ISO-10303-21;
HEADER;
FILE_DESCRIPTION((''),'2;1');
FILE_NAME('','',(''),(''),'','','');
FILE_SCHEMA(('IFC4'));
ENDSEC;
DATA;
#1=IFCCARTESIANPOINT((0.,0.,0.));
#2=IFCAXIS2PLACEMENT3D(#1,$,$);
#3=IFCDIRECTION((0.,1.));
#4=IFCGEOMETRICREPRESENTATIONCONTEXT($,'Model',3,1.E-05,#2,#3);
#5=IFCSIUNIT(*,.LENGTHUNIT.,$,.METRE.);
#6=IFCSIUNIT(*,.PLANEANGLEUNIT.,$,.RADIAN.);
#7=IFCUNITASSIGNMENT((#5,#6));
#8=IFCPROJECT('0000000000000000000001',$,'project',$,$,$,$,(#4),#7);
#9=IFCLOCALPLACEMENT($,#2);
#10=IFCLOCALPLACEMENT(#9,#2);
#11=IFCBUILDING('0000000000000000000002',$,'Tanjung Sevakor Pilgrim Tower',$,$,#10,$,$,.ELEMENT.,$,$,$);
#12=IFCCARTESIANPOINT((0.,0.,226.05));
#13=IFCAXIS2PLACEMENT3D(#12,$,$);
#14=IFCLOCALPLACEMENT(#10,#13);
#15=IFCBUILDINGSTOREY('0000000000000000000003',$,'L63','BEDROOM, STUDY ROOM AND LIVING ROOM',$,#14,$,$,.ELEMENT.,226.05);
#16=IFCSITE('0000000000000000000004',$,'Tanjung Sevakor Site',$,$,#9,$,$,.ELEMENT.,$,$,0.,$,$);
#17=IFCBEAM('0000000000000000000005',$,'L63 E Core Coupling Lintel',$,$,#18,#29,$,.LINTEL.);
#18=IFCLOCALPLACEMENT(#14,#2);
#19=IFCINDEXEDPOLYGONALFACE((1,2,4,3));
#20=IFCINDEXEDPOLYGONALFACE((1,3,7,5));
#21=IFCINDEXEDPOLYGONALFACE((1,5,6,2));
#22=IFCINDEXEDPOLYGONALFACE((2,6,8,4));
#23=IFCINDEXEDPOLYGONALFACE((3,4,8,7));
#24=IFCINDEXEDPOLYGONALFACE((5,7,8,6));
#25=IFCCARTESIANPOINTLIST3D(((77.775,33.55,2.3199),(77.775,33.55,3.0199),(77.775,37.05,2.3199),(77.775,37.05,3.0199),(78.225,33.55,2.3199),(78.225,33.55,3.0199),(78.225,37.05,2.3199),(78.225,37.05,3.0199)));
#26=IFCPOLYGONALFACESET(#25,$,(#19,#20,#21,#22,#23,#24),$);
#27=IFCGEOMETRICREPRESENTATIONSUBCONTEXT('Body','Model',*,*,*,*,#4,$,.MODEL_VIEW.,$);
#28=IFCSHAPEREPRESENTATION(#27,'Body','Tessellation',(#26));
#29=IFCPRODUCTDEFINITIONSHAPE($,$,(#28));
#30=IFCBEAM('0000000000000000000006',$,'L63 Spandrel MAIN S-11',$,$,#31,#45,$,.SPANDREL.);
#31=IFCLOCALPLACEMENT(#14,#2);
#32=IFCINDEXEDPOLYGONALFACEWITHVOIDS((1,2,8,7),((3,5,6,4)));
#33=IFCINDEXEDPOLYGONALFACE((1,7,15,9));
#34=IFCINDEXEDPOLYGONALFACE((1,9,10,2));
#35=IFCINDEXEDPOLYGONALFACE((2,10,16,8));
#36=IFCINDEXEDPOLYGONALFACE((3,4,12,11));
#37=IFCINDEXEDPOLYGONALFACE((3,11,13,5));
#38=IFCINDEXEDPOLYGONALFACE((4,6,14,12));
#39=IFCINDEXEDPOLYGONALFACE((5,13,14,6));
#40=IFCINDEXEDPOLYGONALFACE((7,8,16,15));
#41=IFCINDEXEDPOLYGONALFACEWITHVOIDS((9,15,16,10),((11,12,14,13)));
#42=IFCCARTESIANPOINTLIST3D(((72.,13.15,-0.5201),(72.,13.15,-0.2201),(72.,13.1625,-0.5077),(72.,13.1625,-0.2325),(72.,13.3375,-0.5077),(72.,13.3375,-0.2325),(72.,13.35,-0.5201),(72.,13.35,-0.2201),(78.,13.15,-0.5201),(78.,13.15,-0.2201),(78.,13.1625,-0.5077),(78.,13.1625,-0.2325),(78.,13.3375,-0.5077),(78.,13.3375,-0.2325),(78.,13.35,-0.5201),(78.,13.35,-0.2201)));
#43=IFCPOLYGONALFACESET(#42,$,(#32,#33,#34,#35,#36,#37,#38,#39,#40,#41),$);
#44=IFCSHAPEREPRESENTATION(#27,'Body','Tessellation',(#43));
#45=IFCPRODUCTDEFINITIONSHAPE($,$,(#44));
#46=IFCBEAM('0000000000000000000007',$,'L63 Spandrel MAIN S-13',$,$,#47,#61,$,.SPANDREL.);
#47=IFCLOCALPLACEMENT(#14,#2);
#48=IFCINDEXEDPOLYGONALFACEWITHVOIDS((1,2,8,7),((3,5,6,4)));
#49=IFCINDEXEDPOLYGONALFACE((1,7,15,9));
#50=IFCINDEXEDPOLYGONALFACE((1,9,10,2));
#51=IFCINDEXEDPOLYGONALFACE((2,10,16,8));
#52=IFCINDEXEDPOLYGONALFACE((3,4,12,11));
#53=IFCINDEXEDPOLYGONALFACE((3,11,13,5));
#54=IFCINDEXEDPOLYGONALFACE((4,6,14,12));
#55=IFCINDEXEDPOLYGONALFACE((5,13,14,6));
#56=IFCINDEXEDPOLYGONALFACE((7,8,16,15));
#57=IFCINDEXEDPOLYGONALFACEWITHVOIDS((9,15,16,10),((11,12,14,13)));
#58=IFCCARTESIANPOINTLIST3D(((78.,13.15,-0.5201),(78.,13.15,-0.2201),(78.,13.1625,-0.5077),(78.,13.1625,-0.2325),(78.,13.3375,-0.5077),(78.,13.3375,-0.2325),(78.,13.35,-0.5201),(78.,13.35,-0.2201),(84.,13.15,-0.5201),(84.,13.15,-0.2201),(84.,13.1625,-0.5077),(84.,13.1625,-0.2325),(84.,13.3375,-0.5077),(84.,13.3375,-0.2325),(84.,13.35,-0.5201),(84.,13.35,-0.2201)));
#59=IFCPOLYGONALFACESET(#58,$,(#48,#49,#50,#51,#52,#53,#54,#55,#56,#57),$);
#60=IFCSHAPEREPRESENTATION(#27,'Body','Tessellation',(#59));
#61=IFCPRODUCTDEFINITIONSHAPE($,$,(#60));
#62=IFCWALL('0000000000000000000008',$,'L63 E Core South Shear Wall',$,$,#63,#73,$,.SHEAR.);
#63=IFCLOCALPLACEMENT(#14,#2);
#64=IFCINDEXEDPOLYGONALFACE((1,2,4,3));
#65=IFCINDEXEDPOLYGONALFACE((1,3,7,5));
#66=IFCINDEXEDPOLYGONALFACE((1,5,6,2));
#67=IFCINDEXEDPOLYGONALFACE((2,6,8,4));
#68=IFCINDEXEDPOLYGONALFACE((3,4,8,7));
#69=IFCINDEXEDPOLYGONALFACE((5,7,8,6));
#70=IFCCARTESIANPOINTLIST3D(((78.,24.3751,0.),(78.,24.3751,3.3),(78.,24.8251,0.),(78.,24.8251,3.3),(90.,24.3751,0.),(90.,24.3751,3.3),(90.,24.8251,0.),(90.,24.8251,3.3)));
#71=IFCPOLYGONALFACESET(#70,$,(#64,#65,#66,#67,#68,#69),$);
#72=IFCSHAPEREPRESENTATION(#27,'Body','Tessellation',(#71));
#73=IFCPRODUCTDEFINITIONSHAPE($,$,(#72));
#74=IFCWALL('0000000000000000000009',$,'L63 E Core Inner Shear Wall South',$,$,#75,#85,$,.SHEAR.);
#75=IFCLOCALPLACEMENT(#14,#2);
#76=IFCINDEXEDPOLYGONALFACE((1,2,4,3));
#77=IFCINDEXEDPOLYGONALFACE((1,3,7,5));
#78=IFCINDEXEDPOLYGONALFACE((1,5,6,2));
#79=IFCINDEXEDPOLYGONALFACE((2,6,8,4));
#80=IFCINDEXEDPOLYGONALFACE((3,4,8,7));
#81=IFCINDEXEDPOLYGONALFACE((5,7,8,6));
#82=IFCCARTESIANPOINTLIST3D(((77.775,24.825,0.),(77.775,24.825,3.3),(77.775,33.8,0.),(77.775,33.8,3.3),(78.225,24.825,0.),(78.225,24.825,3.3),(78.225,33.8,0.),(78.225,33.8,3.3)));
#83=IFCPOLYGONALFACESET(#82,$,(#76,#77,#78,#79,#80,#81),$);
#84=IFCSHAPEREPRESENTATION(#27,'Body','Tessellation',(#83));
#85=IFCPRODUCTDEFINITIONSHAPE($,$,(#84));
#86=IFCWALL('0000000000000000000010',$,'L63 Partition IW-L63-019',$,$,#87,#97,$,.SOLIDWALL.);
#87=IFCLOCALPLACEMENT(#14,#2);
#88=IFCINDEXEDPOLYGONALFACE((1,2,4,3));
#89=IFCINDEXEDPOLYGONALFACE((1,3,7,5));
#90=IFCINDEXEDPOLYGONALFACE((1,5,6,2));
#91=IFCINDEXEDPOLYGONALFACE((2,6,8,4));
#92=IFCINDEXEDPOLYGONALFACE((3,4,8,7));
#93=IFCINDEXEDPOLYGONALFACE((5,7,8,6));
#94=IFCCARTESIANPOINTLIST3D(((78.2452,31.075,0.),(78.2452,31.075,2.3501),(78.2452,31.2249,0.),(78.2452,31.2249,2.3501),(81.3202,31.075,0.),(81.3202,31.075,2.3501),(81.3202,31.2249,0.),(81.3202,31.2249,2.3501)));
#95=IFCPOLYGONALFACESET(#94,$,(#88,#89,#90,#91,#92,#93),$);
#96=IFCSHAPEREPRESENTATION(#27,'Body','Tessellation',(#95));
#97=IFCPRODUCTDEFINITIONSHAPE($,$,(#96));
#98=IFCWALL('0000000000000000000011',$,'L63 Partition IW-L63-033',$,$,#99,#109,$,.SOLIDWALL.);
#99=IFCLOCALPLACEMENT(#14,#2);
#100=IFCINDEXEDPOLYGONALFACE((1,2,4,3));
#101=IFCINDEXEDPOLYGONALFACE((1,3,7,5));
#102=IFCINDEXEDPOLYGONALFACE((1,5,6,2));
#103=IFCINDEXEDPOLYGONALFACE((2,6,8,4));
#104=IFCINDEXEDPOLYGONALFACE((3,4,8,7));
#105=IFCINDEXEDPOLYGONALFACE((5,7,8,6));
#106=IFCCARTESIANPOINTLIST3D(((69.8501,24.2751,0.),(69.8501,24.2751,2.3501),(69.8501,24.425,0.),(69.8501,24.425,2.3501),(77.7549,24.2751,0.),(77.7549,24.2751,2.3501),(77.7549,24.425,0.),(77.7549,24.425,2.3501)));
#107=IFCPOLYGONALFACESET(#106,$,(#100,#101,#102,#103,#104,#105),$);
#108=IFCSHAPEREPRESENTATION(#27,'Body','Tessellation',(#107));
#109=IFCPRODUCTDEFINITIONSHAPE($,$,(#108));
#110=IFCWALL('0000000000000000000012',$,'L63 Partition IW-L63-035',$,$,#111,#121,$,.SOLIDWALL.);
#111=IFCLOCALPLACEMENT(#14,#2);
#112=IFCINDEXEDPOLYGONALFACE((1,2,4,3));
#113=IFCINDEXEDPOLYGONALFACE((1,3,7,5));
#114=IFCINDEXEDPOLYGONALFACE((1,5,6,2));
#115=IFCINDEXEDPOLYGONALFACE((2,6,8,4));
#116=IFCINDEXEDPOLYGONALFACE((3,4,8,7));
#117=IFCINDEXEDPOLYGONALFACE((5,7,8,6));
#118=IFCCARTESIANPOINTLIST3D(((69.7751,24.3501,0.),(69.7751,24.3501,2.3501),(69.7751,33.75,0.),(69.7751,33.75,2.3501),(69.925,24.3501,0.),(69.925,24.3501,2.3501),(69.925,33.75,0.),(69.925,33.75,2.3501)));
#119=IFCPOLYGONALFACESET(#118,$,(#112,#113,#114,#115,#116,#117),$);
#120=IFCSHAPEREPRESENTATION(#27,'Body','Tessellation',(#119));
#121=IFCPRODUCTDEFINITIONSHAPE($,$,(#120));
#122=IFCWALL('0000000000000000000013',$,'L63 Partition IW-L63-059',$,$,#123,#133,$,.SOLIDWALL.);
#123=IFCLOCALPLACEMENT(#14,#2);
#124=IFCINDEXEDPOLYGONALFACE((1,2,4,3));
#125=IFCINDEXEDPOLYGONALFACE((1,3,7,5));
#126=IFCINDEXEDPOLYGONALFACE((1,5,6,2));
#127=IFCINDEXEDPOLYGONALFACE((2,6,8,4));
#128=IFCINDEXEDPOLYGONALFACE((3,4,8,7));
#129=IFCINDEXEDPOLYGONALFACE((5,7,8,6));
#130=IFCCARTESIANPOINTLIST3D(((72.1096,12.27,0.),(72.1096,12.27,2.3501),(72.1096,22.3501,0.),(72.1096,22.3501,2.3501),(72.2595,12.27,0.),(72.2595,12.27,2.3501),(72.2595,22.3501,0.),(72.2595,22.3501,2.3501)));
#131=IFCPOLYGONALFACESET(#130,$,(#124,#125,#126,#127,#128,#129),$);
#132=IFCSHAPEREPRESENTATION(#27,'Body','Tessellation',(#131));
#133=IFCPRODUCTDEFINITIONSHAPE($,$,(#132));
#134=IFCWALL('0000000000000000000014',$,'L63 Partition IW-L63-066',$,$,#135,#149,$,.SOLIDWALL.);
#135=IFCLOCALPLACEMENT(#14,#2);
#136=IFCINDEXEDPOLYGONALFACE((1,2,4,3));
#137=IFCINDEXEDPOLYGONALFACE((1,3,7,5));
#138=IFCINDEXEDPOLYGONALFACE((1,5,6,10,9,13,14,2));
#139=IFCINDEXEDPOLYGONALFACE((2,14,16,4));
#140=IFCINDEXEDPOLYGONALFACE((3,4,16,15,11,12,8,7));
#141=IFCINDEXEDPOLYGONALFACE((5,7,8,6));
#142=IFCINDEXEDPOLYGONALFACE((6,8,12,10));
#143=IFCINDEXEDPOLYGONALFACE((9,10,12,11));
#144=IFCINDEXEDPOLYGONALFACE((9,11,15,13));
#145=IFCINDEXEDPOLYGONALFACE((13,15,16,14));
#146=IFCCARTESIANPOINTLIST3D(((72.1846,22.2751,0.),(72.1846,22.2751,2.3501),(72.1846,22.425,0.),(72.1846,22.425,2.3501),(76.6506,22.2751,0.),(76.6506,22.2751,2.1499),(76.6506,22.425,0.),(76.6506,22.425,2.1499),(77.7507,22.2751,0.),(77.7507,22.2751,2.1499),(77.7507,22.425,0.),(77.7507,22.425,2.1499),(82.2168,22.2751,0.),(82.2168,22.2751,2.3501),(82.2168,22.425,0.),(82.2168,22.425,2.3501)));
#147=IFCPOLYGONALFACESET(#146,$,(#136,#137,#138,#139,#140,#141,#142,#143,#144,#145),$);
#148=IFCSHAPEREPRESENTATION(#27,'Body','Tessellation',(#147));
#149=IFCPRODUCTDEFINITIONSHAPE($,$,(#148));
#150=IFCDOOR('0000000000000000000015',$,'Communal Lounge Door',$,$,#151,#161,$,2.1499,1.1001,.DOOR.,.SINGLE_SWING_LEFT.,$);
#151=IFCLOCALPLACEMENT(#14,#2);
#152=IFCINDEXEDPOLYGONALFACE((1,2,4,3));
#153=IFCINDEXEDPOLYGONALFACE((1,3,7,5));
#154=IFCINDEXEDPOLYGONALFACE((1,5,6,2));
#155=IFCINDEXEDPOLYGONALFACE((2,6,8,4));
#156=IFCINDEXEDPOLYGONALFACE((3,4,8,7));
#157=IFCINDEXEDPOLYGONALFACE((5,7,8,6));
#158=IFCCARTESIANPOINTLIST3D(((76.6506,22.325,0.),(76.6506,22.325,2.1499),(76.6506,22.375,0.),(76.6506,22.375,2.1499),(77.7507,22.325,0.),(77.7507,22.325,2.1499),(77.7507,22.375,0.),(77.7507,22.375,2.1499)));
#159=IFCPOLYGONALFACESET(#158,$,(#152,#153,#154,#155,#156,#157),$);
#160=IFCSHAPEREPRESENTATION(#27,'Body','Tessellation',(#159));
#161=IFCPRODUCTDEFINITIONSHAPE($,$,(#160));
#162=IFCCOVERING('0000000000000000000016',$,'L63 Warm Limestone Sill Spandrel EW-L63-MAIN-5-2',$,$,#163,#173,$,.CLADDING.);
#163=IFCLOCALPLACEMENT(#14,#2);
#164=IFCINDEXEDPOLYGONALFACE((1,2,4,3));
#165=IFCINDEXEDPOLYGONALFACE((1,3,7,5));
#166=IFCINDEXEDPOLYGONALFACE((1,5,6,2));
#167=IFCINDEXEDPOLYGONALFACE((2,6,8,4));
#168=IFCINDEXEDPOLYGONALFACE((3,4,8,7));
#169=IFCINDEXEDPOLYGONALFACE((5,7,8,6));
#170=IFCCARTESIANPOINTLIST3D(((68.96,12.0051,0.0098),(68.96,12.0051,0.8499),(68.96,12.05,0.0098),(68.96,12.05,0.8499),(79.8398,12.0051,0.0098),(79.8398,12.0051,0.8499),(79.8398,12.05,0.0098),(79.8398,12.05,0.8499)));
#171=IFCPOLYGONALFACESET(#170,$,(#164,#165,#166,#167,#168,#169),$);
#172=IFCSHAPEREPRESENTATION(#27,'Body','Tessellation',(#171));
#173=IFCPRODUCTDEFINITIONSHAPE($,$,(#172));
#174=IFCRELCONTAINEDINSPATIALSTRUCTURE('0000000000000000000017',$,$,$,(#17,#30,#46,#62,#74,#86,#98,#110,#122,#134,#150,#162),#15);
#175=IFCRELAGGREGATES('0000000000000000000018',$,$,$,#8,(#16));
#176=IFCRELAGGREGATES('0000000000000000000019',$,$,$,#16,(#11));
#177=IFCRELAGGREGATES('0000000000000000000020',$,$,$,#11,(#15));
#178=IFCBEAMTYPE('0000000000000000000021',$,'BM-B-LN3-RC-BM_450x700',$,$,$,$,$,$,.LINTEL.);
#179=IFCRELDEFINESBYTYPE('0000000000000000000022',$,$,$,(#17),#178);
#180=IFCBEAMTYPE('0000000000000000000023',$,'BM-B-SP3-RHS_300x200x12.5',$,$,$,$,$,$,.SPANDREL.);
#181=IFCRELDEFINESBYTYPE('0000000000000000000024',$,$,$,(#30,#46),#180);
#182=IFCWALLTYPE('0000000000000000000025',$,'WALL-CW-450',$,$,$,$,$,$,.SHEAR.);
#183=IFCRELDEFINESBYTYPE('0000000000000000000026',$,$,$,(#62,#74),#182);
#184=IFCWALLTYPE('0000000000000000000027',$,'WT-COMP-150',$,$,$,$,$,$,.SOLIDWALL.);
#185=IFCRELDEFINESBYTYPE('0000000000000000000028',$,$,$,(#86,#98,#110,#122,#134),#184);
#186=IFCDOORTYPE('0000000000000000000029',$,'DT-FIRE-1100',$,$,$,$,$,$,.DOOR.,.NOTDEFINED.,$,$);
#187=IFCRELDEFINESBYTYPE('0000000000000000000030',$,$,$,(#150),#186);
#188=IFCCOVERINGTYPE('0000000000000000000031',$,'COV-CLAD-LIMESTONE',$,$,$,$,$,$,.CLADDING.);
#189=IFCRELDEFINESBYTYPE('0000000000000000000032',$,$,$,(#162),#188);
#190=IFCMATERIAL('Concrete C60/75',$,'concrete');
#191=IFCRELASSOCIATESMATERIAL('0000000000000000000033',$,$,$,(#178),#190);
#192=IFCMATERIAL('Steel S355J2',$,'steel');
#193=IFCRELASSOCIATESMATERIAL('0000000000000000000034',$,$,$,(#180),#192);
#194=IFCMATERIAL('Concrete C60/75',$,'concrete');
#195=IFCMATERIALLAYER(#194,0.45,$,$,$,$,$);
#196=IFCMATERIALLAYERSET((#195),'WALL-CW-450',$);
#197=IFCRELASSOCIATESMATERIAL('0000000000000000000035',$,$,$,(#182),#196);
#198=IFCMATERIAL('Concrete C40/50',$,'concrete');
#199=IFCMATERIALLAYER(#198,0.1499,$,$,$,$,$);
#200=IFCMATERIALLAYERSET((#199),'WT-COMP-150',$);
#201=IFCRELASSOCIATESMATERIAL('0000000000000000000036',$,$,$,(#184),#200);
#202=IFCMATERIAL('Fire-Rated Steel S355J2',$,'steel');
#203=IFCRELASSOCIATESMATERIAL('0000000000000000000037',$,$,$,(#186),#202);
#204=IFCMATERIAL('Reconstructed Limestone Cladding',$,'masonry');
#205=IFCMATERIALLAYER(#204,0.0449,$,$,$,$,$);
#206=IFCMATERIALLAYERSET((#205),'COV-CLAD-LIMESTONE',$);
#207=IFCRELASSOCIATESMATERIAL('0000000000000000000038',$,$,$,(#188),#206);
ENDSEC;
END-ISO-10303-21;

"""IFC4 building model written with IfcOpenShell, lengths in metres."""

from ifc_helpers import new_model, si_unit, direction, frame, frame_2d, origin, origin_2d, place, context, subcontext, project, spatial, rectangle, hollow_rectangle, extrude, material, layer, layer_set, material_profile, profile_set, type_object, element, fill, save


model = new_model("IFC4")

# Units and contexts
model_context = context("Model", 3, precision=1e-05, world=origin(), true_north=direction((0.0, 1.0)))
body_context = subcontext(model_context, "Body", "Model", "MODEL_VIEW")
ifc_project = project(units=[si_unit("LENGTHUNIT", "METRE"), si_unit("PLANEANGLEUNIT", "RADIAN")], contexts=[model_context])

# Site, building, storey
site_placement = place(None, origin())
site = spatial("IfcSite", under=ifc_project, at=site_placement, Name="Tanjung Sevakor Site", CompositionType="ELEMENT", RefElevation=0.0)
building_placement = place(site_placement, origin())
building = spatial("IfcBuilding", under=site, at=building_placement, Name="Tanjung Sevakor Pilgrim Tower", CompositionType="ELEMENT")
storey_placement = place(building_placement, frame((0.0, 0.0, 226.05)))
storey = spatial("IfcBuildingStorey", under=building, at=storey_placement, Name="L63", Description="BEDROOM, STUDY ROOM AND LIVING ROOM", CompositionType="ELEMENT", Elevation=226.05)

# Beams
ifc_material_1 = material(Name="Concrete C60/75", Category="concrete")
ifc_material_profile_1 = material_profile(ifc_material_1, rectangle(XDim=0.45, YDim=0.7, at=origin_2d()))
ifc_profile_set_1 = profile_set([ifc_material_profile_1], Name="Concrete C60/75")
beam_type_1 = type_object("IfcBeamType", Name="BM-B-LN3-RC-BM_450x700", PredefinedType="LINTEL", material=ifc_profile_set_1)
beam_1_placement = place(storey_placement, frame((78.0, 33.55, 2.6699), z_axis=(0.0, 1.0, 0.0), x_axis=(-1.0, 0.0, 0.0)))
element("IfcBeam", 1, at=beam_1_placement, inside=storey, type_object=beam_type_1, Name="L63 E Core Coupling Lintel", PredefinedType="LINTEL", context=body_context, shape_type="SweptSolid", body=[
    extrude(rectangle(XDim=0.45, YDim=0.7, at=origin_2d()), origin(), (0.0, 0.0, 1.0), 3.5),
])
ifc_material_2 = material(Name="Steel S355J2", Category="steel")
ifc_material_profile_2 = material_profile(ifc_material_2, hollow_rectangle(XDim=0.2, YDim=0.3, WallThickness=0.0125, at=origin_2d()))
ifc_profile_set_2 = profile_set([ifc_material_profile_2], Name="Steel S355J2")
beam_type_2 = type_object("IfcBeamType", Name="BM-B-SP3-RHS_300x200x12.5", PredefinedType="SPANDREL", material=ifc_profile_set_2)
for number, where, z_axis, x_axis, name in (
    (2, (72.0, 13.25, -0.3701), (1.0, 0.0, 0.0), (0.0, 1.0, 0.0), "L63 Spandrel MAIN S-11"),
    (3, (78.0, 13.25, -0.3701), (1.0, 0.0, 0.0), (0.0, 1.0, 0.0), "L63 Spandrel MAIN S-13"),
):
    element("IfcBeam", number, at=place(storey_placement, frame(where, z_axis=z_axis, x_axis=x_axis)), inside=storey, type_object=beam_type_2, Name=name, PredefinedType="SPANDREL", context=body_context, shape_type="SweptSolid", body=[
        extrude(hollow_rectangle(XDim=0.2, YDim=0.3, WallThickness=0.0125, at=origin_2d()), origin(), (0.0, 0.0, 1.0), 6.0),
    ])

# Walls
ifc_material_3 = material(Name="Concrete C60/75", Category="concrete")
ifc_layer_1 = layer(ifc_material_3, 0.45)
ifc_layer_set_1 = layer_set([ifc_layer_1], Name="WALL-CW-450")
wall_type_1 = type_object("IfcWallType", Name="WALL-CW-450", PredefinedType="SHEAR", material=ifc_layer_set_1)
wall_1_placement = place(storey_placement, frame((78.0, 24.6001, 0.0), z_axis=(0.0, 0.0, 1.0), x_axis=(1.0, 0.0, 0.0)))
element("IfcWall", 4, at=wall_1_placement, inside=storey, type_object=wall_type_1, Name="L63 E Core South Shear Wall", PredefinedType="SHEAR", context=body_context, shape_type="SweptSolid", body=[
    extrude(rectangle(XDim=12.0, YDim=0.45, at=frame_2d((6.0, 0.0))), origin(), (0.0, 0.0, 1.0), 3.3),
])
wall_2_placement = place(storey_placement, frame((78.0, 24.825, 0.0), z_axis=(0.0, 0.0, 1.0), x_axis=(0.0, 1.0, 0.0)))
element("IfcWall", 5, at=wall_2_placement, inside=storey, type_object=wall_type_1, Name="L63 E Core Inner Shear Wall South", PredefinedType="SHEAR", context=body_context, shape_type="SweptSolid", body=[
    extrude(rectangle(XDim=8.9751, YDim=0.45, at=frame_2d((4.4875, 0.0))), origin(), (0.0, 0.0, 1.0), 3.3),
])
ifc_material_4 = material(Name="Concrete C40/50", Category="concrete")
ifc_layer_2 = layer(ifc_material_4, 0.1499)
ifc_layer_set_2 = layer_set([ifc_layer_2], Name="WT-COMP-150")
wall_type_2 = type_object("IfcWallType", Name="WT-COMP-150", PredefinedType="SOLIDWALL", material=ifc_layer_set_2)
wall_3_placement = place(storey_placement, frame((78.2451, 31.1499, 0.0), z_axis=(0.0, 0.0, 1.0), x_axis=(1.0, 0.0, 0.0)))
element("IfcWall", 6, at=wall_3_placement, inside=storey, type_object=wall_type_2, Name="L63 Partition IW-L63-019", PredefinedType="SOLIDWALL", context=body_context, shape_type="SweptSolid", body=[
    extrude(rectangle(XDim=3.075, YDim=0.1499, at=frame_2d((1.5376, 0.0))), origin(), (0.0, 0.0, 1.0), 2.3501),
])
wall_4_placement = place(storey_placement, frame((69.8501, 24.3501, 0.0), z_axis=(0.0, 0.0, 1.0), x_axis=(1.0, 0.0, 0.0)))
element("IfcWall", 7, at=wall_4_placement, inside=storey, type_object=wall_type_2, Name="L63 Partition IW-L63-033", PredefinedType="SOLIDWALL", context=body_context, shape_type="SweptSolid", body=[
    extrude(rectangle(XDim=7.9048, YDim=0.1499, at=frame_2d((3.9524, 0.0))), origin(), (0.0, 0.0, 1.0), 2.3501),
])
wall_5_placement = place(storey_placement, frame((69.8501, 24.3501, 0.0), z_axis=(0.0, 0.0, 1.0), x_axis=(0.0, 1.0, 0.0)))
element("IfcWall", 8, at=wall_5_placement, inside=storey, type_object=wall_type_2, Name="L63 Partition IW-L63-035", PredefinedType="SOLIDWALL", context=body_context, shape_type="SweptSolid", body=[
    extrude(rectangle(XDim=9.3999, YDim=0.1499, at=frame_2d((4.7, 0.0))), origin(), (0.0, 0.0, 1.0), 2.3501),
])
wall_6_placement = place(storey_placement, frame((72.1846, 12.27, 0.0), z_axis=(0.0, 0.0, 1.0), x_axis=(0.0, 1.0, 0.0)))
element("IfcWall", 9, at=wall_6_placement, inside=storey, type_object=wall_type_2, Name="L63 Partition IW-L63-059", PredefinedType="SOLIDWALL", context=body_context, shape_type="SweptSolid", body=[
    extrude(rectangle(XDim=10.0801, YDim=0.1499, at=frame_2d((5.04, 0.0))), origin(), (0.0, 0.0, 1.0), 2.3501),
])

# Wall, opening, door
wall_7_placement = place(storey_placement, frame((72.1846, 22.3501, 0.0), z_axis=(0.0, 0.0, 1.0), x_axis=(1.0, 0.0, 0.0)))
wall_7 = element("IfcWall", 10, at=wall_7_placement, inside=storey, type_object=wall_type_2, Name="L63 Partition IW-L63-066", PredefinedType="SOLIDWALL", context=body_context, shape_type="SweptSolid", body=[
    extrude(rectangle(XDim=10.0322, YDim=0.1499, at=frame_2d((5.0161, 0.0))), origin(), (0.0, 0.0, 1.0), 2.3501),
])
opening_1_placement = place(wall_7_placement, frame((4.4661, 0.0, 0.0)))
opening_1 = element("IfcOpeningElement", 11, at=opening_1_placement, cuts=wall_7, PredefinedType="OPENING", context=body_context, shape_type="SweptSolid", body=[
    extrude(rectangle(XDim=1.1001, YDim=2.1499, at=frame_2d((0.55, 1.075))), frame((0.0, 0.085, 0.0), z_axis=(0.0, -1.0, 0.0), x_axis=(1.0, 0.0, 0.0)), (0.0, 0.0, 1.0), 0.1699),
])
ifc_material_5 = material(Name="Fire-Rated Steel S355J2", Category="steel")
door_type_1 = type_object("IfcDoorType", Name="DT-FIRE-1100", OperationType="NOTDEFINED", PredefinedType="DOOR", material=ifc_material_5)
door_1_placement = place(opening_1_placement, origin())
door_1 = element("IfcDoor", 12, at=door_1_placement, inside=storey, type_object=door_type_1, Name="Communal Lounge Door", OperationType="SINGLE_SWING_LEFT", OverallHeight=2.1499, OverallWidth=1.1001, PredefinedType="DOOR", context=body_context, shape_type="SweptSolid", body=[
    extrude(rectangle(XDim=1.1001, YDim=2.1499, at=frame_2d((0.55, 1.075))), frame((0.0, 0.0249, 0.0), z_axis=(0.0, -1.0, 0.0), x_axis=(1.0, 0.0, 0.0)), (0.0, 0.0, 1.0), 0.05),
])
fill(opening_1, door_1)

# Covering
ifc_material_6 = material(Name="Reconstructed Limestone Cladding", Category="masonry")
ifc_layer_3 = layer(ifc_material_6, 0.0449)
ifc_layer_set_3 = layer_set([ifc_layer_3], Name="COV-CLAD-LIMESTONE")
covering_type = type_object("IfcCoveringType", Name="COV-CLAD-LIMESTONE", PredefinedType="CLADDING", material=ifc_layer_set_3)
covering_placement = place(storey_placement, frame((74.3999, 12.0276, 0.0098), z_axis=(0.0, 0.0, 1.0), x_axis=(1.0, 0.0, 0.0)))
element("IfcCovering", 13, at=covering_placement, inside=storey, type_object=covering_type, Name="L63 Warm Limestone Sill Spandrel EW-L63-MAIN-5-2", PredefinedType="CLADDING", context=body_context, shape_type="SweptSolid", body=[
    extrude(rectangle(XDim=10.8799, YDim=0.0449, at=origin_2d()), origin(), (0.0, 0.0, 1.0), 0.8401),
])

save(model, "model.ifc")
